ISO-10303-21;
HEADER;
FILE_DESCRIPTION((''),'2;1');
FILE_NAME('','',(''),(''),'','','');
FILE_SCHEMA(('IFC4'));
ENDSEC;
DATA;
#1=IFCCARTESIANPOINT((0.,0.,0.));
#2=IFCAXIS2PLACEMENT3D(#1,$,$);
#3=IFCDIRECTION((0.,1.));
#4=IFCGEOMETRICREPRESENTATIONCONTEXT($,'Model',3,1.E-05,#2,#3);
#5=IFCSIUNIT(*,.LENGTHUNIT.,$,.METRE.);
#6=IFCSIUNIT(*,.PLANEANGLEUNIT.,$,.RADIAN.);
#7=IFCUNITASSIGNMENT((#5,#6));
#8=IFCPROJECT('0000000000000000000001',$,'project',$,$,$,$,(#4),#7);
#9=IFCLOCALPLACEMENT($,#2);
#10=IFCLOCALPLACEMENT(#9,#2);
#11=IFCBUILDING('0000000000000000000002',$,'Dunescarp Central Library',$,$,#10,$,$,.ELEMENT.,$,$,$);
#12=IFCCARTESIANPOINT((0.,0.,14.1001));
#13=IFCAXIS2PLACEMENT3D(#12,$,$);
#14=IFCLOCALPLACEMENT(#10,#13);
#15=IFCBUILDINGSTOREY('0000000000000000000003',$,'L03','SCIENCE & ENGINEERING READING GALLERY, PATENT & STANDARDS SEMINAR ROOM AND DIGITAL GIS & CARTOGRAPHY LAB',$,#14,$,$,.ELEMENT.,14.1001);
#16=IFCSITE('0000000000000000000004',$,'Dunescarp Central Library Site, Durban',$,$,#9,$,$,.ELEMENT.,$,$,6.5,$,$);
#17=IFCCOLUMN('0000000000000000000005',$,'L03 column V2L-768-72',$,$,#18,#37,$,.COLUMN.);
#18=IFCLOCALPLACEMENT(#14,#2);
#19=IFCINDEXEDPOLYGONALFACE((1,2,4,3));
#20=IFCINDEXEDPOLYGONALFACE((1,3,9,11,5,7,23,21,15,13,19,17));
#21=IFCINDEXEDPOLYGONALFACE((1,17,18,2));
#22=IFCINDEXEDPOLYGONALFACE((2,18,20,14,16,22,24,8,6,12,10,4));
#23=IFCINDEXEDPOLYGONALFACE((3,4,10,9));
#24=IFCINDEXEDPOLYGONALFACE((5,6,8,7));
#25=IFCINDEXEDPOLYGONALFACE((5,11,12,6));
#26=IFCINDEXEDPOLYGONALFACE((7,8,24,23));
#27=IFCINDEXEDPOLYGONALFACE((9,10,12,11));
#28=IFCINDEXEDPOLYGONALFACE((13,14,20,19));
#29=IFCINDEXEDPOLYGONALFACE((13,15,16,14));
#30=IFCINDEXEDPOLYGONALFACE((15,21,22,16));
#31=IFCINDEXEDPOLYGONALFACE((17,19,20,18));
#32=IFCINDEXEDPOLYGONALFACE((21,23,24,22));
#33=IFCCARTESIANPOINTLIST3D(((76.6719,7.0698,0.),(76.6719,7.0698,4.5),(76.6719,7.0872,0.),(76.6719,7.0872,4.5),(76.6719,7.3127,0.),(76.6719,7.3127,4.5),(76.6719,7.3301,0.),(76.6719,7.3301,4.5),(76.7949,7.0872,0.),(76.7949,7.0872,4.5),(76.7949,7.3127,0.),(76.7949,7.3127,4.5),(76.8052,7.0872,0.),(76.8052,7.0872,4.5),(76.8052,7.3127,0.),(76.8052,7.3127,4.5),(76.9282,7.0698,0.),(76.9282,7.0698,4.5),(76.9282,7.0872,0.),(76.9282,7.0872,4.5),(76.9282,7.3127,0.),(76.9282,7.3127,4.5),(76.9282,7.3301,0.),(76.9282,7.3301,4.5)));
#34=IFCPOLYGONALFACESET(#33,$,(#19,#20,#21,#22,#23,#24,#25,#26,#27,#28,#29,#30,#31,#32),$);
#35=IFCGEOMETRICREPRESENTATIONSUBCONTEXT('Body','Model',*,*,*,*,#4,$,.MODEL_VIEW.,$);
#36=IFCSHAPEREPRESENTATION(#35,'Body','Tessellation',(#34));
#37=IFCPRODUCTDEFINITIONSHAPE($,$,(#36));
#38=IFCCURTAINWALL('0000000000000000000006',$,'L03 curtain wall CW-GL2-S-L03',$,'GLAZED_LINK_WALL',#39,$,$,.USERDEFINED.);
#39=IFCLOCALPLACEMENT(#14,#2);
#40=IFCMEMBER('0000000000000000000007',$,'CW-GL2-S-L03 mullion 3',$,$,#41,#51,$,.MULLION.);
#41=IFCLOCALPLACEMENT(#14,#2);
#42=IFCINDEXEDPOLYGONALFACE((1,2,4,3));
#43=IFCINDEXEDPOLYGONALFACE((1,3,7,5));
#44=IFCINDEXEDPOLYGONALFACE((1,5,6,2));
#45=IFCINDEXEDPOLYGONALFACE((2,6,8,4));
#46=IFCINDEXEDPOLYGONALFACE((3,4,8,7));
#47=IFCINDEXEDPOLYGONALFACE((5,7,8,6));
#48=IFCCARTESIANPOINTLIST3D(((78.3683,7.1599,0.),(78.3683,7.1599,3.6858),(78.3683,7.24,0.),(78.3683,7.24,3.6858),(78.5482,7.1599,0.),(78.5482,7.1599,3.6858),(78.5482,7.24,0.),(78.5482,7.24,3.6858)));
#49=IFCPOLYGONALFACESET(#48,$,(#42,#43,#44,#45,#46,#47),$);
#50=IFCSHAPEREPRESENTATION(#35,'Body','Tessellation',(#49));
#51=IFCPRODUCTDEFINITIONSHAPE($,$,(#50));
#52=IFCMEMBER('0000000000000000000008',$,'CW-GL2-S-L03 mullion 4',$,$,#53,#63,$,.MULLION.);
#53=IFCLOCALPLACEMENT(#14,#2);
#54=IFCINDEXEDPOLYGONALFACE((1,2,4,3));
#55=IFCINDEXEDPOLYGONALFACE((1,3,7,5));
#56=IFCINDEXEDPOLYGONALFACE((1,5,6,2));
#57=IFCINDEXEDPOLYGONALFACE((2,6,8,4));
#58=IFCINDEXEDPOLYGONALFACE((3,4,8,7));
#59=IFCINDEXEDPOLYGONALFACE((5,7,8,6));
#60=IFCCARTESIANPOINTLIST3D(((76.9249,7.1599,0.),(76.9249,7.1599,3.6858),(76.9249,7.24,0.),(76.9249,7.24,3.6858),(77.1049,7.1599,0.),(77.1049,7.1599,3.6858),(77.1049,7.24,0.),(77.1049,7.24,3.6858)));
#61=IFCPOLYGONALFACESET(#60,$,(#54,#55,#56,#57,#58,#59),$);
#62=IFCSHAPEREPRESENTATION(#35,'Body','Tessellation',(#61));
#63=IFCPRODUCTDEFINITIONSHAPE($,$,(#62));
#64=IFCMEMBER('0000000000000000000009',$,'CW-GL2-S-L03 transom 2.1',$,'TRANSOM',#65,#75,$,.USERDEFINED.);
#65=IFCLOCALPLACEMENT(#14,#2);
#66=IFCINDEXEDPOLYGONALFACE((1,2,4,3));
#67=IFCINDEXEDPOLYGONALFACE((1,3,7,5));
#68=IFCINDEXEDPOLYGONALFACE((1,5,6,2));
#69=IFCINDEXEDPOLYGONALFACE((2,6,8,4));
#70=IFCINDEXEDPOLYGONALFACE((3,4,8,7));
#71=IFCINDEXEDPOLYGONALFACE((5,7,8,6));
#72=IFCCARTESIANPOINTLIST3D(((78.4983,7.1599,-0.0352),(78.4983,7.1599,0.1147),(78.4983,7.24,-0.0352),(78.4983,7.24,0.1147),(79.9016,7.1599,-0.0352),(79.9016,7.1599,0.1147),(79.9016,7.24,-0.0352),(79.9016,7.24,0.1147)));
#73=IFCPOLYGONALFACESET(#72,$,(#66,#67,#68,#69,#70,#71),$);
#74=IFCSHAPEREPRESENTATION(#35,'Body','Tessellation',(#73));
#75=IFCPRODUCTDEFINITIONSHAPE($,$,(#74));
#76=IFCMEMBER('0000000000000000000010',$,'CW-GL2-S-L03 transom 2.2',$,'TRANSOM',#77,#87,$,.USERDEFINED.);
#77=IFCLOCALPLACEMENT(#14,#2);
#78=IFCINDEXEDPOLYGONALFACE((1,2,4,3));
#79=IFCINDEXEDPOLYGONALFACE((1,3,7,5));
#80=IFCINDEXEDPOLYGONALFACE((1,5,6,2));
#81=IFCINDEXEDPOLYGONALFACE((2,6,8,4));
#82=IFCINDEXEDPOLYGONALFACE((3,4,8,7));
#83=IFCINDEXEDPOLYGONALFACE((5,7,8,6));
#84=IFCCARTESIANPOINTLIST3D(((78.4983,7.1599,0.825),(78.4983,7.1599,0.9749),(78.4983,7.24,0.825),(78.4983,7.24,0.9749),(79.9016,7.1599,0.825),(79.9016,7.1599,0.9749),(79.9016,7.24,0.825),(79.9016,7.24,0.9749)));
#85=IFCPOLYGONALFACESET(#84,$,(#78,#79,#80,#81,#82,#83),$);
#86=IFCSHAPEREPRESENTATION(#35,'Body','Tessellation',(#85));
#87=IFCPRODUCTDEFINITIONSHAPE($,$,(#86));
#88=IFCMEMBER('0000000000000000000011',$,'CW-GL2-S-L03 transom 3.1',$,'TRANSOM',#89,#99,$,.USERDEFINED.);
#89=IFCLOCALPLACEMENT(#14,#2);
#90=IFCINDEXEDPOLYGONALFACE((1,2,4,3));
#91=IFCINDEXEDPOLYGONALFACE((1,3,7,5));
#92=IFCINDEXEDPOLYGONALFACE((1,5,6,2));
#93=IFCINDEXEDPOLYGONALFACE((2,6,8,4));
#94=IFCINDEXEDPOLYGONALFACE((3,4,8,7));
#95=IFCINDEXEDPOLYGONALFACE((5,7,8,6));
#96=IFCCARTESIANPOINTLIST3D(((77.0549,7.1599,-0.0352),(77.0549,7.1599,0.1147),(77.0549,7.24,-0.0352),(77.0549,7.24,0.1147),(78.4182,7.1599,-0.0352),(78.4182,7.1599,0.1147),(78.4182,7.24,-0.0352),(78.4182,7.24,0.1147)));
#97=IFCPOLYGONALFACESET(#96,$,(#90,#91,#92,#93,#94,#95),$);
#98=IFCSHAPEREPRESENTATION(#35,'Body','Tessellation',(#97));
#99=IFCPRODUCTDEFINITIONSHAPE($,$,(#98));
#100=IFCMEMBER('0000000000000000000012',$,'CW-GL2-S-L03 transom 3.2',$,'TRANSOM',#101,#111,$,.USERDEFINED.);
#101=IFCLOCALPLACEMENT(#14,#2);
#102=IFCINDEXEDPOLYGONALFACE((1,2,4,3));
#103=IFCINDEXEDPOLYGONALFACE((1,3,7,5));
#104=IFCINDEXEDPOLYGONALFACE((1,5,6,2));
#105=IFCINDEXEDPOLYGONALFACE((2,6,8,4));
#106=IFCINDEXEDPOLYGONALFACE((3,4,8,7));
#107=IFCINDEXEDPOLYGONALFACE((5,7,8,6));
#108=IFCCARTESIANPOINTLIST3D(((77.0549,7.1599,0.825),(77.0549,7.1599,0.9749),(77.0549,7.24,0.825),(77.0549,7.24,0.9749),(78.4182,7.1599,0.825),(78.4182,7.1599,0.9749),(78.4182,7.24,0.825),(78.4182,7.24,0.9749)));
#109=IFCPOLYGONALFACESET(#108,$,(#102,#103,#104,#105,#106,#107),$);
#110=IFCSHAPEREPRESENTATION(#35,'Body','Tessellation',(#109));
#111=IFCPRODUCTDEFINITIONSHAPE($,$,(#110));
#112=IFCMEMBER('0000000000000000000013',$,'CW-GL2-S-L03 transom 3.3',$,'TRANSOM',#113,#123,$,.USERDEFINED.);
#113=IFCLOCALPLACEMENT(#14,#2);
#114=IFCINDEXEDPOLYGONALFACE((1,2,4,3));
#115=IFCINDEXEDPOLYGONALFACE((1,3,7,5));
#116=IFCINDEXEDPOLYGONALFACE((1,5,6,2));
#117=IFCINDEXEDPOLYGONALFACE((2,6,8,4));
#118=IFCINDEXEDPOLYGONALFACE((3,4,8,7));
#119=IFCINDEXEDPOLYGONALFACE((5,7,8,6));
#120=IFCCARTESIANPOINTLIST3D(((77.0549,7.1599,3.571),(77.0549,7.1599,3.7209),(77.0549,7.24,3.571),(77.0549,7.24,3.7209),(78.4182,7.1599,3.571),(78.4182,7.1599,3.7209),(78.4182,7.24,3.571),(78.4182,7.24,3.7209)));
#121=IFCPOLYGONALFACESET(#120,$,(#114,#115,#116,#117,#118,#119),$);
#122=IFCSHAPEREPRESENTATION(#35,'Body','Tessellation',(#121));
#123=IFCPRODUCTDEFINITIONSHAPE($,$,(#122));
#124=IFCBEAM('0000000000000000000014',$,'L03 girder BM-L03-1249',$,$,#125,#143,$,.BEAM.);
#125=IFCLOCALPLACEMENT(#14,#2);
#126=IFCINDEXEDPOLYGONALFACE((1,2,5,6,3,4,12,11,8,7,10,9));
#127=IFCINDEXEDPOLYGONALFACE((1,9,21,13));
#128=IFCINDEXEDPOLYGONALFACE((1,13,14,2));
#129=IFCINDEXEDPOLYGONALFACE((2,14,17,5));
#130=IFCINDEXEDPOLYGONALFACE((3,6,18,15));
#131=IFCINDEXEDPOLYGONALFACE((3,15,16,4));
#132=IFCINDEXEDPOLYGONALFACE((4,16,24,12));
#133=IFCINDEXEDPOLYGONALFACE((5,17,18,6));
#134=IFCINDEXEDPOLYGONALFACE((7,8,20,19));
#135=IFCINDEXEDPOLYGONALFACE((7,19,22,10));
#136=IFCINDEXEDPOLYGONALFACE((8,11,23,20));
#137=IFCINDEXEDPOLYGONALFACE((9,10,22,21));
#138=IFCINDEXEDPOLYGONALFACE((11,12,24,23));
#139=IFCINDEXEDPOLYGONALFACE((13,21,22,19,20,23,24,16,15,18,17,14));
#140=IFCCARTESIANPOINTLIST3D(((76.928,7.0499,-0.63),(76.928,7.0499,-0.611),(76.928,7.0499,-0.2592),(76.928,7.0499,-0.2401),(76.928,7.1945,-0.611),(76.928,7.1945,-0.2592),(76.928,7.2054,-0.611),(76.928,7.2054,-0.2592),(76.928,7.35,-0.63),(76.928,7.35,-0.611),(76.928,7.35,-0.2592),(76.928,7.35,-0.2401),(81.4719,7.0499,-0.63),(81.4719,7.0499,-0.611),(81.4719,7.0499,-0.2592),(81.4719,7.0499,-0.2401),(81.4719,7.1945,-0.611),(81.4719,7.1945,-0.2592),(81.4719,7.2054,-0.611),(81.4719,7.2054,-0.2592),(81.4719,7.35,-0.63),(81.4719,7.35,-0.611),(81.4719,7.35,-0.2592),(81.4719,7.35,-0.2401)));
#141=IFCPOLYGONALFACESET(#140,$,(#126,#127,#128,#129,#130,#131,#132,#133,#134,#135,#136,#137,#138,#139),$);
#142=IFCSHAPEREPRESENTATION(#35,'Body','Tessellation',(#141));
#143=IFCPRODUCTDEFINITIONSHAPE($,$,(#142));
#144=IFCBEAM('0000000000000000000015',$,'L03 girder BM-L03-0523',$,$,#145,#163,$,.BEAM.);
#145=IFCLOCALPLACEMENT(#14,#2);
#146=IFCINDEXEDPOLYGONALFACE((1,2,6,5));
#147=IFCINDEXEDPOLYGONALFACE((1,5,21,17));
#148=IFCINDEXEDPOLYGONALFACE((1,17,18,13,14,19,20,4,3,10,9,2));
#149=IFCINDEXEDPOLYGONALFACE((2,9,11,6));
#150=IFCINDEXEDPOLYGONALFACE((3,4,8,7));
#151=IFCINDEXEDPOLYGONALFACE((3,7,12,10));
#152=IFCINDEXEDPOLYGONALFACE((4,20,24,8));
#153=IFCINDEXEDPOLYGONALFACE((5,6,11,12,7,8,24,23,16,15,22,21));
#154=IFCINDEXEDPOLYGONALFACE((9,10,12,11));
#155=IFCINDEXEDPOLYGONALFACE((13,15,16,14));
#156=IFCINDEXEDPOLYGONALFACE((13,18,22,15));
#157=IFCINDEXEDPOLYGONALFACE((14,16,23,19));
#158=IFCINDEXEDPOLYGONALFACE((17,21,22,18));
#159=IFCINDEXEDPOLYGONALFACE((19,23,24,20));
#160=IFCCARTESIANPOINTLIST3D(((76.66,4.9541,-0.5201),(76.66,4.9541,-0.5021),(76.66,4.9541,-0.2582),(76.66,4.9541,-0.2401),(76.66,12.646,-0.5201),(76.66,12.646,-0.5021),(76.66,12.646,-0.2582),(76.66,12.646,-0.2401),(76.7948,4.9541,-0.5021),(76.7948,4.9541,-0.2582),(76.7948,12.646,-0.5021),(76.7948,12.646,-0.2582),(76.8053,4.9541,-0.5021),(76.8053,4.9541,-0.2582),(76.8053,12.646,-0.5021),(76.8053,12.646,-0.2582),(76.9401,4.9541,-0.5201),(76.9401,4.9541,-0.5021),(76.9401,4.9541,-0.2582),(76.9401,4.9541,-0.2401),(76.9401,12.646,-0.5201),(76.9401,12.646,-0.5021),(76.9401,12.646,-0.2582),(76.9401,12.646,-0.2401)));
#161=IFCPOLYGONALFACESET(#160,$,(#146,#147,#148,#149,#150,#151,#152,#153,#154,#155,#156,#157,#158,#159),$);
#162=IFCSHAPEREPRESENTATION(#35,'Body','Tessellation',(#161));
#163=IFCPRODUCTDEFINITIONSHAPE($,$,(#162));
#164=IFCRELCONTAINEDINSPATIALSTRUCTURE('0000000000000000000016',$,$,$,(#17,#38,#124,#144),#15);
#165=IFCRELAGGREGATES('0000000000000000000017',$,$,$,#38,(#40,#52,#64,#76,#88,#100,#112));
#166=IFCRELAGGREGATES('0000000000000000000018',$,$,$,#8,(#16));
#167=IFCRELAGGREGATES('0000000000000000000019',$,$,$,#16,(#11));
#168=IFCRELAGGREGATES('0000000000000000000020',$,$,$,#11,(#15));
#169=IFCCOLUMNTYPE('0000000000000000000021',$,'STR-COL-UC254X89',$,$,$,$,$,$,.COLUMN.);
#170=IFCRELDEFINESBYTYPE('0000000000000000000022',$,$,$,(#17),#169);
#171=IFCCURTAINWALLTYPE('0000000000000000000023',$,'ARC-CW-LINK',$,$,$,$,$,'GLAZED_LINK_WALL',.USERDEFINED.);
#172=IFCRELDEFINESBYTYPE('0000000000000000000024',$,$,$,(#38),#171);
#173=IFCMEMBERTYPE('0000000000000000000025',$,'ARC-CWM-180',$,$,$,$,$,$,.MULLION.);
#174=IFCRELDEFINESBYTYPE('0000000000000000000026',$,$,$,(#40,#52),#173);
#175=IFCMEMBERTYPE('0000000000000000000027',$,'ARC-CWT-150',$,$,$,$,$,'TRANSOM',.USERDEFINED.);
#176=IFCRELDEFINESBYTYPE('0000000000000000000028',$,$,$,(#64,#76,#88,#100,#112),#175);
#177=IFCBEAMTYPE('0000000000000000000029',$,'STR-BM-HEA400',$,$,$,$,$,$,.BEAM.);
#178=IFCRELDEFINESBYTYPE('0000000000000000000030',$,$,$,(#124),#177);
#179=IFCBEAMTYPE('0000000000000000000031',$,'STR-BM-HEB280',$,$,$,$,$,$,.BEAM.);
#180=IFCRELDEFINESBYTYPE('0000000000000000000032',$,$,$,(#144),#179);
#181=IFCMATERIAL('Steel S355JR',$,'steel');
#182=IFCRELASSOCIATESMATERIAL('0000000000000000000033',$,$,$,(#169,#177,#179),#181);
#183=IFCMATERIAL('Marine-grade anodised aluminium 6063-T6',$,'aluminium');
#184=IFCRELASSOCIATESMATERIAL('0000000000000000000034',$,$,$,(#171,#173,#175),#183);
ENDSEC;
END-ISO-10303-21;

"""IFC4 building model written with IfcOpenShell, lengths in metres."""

from ifc_helpers import new_model, si_unit, direction, frame, origin, origin_2d, place, context, subcontext, project, spatial, rectangle, i_section, extrude, material, material_profile, profile_set, type_object, element, aggregate, save


model = new_model("IFC4")

# Units and contexts
model_context = context("Model", 3, precision=1e-05, world=origin(), true_north=direction((0.0, 1.0)))
body_context = subcontext(model_context, "Body", "Model", "MODEL_VIEW")
ifc_project = project(units=[si_unit("LENGTHUNIT", "METRE"), si_unit("PLANEANGLEUNIT", "RADIAN")], contexts=[model_context])

# Site, building, storey
site_placement = place(None, origin())
site = spatial("IfcSite", under=ifc_project, at=site_placement, Name="Dunescarp Central Library Site, Durban", CompositionType="ELEMENT", RefElevation=6.5)
building_placement = place(site_placement, origin())
building = spatial("IfcBuilding", under=site, at=building_placement, Name="Dunescarp Central Library", CompositionType="ELEMENT")
storey_placement = place(building_placement, frame((0.0, 0.0, 14.1001)))
storey = spatial("IfcBuildingStorey", under=building, at=storey_placement, Name="L03", Description="SCIENCE & ENGINEERING READING GALLERY, PATENT & STANDARDS SEMINAR ROOM AND DIGITAL GIS & CARTOGRAPHY LAB", CompositionType="ELEMENT", Elevation=14.1001)

# Column
ifc_material_1 = material(Name="Steel S355JR", Category="steel")
ifc_material_profile_1 = material_profile(ifc_material_1, i_section(OverallWidth=0.2563, OverallDepth=0.2603, WebThickness=0.0103, FlangeThickness=0.0173, at=origin_2d()), Name="UC 254x254x89")
ifc_profile_set_1 = profile_set([ifc_material_profile_1], Name="Steel S355JR")
column_type = type_object("IfcColumnType", Name="STR-COL-UC254X89", PredefinedType="COLUMN", material=ifc_profile_set_1)
column_placement = place(storey_placement, frame((76.8, 7.2, 0.0), z_axis=(0.0, 0.0, 1.0), x_axis=(1.0, 0.0, 0.0)))
element("IfcColumn", 1, at=column_placement, inside=storey, type_object=column_type, Name="L03 column V2L-768-72", PredefinedType="COLUMN", context=body_context, shape_type="SweptSolid", body=[
    extrude(i_section(OverallWidth=0.2563, OverallDepth=0.2603, WebThickness=0.0103, FlangeThickness=0.0173, at=origin_2d()), origin(), (0.0, 0.0, 1.0), 4.5),
])

# Curtain wall, members
ifc_material_2 = material(Name="Marine-grade anodised aluminium 6063-T6", Category="aluminium")
curtain_wall_type = type_object("IfcCurtainWallType", Name="ARC-CW-LINK", ElementType="GLAZED_LINK_WALL", PredefinedType="USERDEFINED", material=ifc_material_2)
curtain_wall_placement = place(storey_placement, origin())
curtain_wall = element("IfcCurtainWall", 2, at=curtain_wall_placement, inside=storey, type_object=curtain_wall_type, Name="L03 curtain wall CW-GL2-S-L03", ObjectType="GLAZED_LINK_WALL", PredefinedType="USERDEFINED")
ifc_material_profile_2 = material_profile(ifc_material_2, rectangle(XDim=0.0801, YDim=0.1799, at=origin_2d()), Name="AL 80x180")
ifc_profile_set_2 = profile_set([ifc_material_profile_2], Name="Marine-grade anodised aluminium 6063-T6")
member_type_1 = type_object("IfcMemberType", Name="ARC-CWM-180", PredefinedType="MULLION", material=ifc_profile_set_2)
member_1_placement = place(storey_placement, frame((78.4583, 7.2, 0.0), z_axis=(0.0, 0.0, 1.0), x_axis=(0.0, -1.0, 0.0)))
member_1 = element("IfcMember", 3, at=member_1_placement, type_object=member_type_1, Name="CW-GL2-S-L03 mullion 3", PredefinedType="MULLION", context=body_context, shape_type="SweptSolid", body=[
    extrude(rectangle(XDim=0.0801, YDim=0.1799, at=origin_2d()), origin(), (0.0, 0.0, 1.0), 3.6858),
])
member_2_placement = place(storey_placement, frame((77.0149, 7.2, 0.0), z_axis=(0.0, 0.0, 1.0), x_axis=(0.0, -1.0, 0.0)))
member_2 = element("IfcMember", 4, at=member_2_placement, type_object=member_type_1, Name="CW-GL2-S-L03 mullion 4", PredefinedType="MULLION", context=body_context, shape_type="SweptSolid", body=[
    extrude(rectangle(XDim=0.0801, YDim=0.1799, at=origin_2d()), origin(), (0.0, 0.0, 1.0), 3.6858),
])
ifc_material_profile_3 = material_profile(ifc_material_2, rectangle(XDim=0.0801, YDim=0.1499, at=origin_2d()), Name="AL 80x150")
ifc_profile_set_3 = profile_set([ifc_material_profile_3], Name="Marine-grade anodised aluminium 6063-T6")
member_type_2 = type_object("IfcMemberType", Name="ARC-CWT-150", ElementType="TRANSOM", PredefinedType="USERDEFINED", material=ifc_profile_set_3)
member_3_placement = place(storey_placement, frame((79.9016, 7.2, 0.0398), z_axis=(-1.0, 0.0, 0.0), x_axis=(0.0, -1.0, 0.0)))
member_3 = element("IfcMember", 5, at=member_3_placement, type_object=member_type_2, Name="CW-GL2-S-L03 transom 2.1", ObjectType="TRANSOM", PredefinedType="USERDEFINED", context=body_context, shape_type="SweptSolid", body=[
    extrude(rectangle(XDim=0.0801, YDim=0.1499, at=origin_2d()), origin(), (0.0, 0.0, 1.0), 1.4033),
])
member_4_placement = place(storey_placement, frame((79.9016, 7.2, 0.8999), z_axis=(-1.0, 0.0, 0.0), x_axis=(0.0, -1.0, 0.0)))
member_4 = element("IfcMember", 6, at=member_4_placement, type_object=member_type_2, Name="CW-GL2-S-L03 transom 2.2", ObjectType="TRANSOM", PredefinedType="USERDEFINED", context=body_context, shape_type="SweptSolid", body=[
    extrude(rectangle(XDim=0.0801, YDim=0.1499, at=origin_2d()), origin(), (0.0, 0.0, 1.0), 1.4033),
])
member_5_placement = place(storey_placement, frame((78.4182, 7.2, 0.0398), z_axis=(-1.0, 0.0, 0.0), x_axis=(0.0, -1.0, 0.0)))
member_5 = element("IfcMember", 7, at=member_5_placement, type_object=member_type_2, Name="CW-GL2-S-L03 transom 3.1", ObjectType="TRANSOM", PredefinedType="USERDEFINED", context=body_context, shape_type="SweptSolid", body=[
    extrude(rectangle(XDim=0.0801, YDim=0.1499, at=origin_2d()), origin(), (0.0, 0.0, 1.0), 1.3633),
])
member_6_placement = place(storey_placement, frame((78.4182, 7.2, 0.8999), z_axis=(-1.0, 0.0, 0.0), x_axis=(0.0, -1.0, 0.0)))
member_6 = element("IfcMember", 8, at=member_6_placement, type_object=member_type_2, Name="CW-GL2-S-L03 transom 3.2", ObjectType="TRANSOM", PredefinedType="USERDEFINED", context=body_context, shape_type="SweptSolid", body=[
    extrude(rectangle(XDim=0.0801, YDim=0.1499, at=origin_2d()), origin(), (0.0, 0.0, 1.0), 1.3633),
])
member_7_placement = place(storey_placement, frame((78.4182, 7.2, 3.646), z_axis=(-1.0, 0.0, 0.0), x_axis=(0.0, -1.0, 0.0)))
member_7 = element("IfcMember", 9, at=member_7_placement, type_object=member_type_2, Name="CW-GL2-S-L03 transom 3.3", ObjectType="TRANSOM", PredefinedType="USERDEFINED", context=body_context, shape_type="SweptSolid", body=[
    extrude(rectangle(XDim=0.0801, YDim=0.1499, at=origin_2d()), origin(), (0.0, 0.0, 1.0), 1.3633),
])

# Beams
ifc_material_profile_4 = material_profile(ifc_material_1, i_section(OverallWidth=0.3, OverallDepth=0.3899, WebThickness=0.011, FlangeThickness=0.019, at=origin_2d()), Name="HEA 400")
ifc_profile_set_4 = profile_set([ifc_material_profile_4], Name="Steel S355JR")
beam_type_1 = type_object("IfcBeamType", Name="STR-BM-HEA400", PredefinedType="BEAM", material=ifc_profile_set_4)
beam_1_placement = place(storey_placement, frame((76.928, 7.2, -0.4351), z_axis=(1.0, 0.0, 0.0), x_axis=(0.0, 1.0, 0.0)))
element("IfcBeam", 10, at=beam_1_placement, inside=storey, type_object=beam_type_1, Name="L03 girder BM-L03-1249", PredefinedType="BEAM", context=body_context, shape_type="SweptSolid", body=[
    extrude(i_section(OverallWidth=0.3, OverallDepth=0.3899, WebThickness=0.011, FlangeThickness=0.019, at=origin_2d()), origin(), (0.0, 0.0, 1.0), 4.5439),
])
ifc_material_profile_5 = material_profile(ifc_material_1, i_section(OverallWidth=0.28, OverallDepth=0.28, WebThickness=0.0105, FlangeThickness=0.0181, at=origin_2d()), Name="HEB 280")
ifc_profile_set_5 = profile_set([ifc_material_profile_5], Name="Steel S355JR")
beam_type_2 = type_object("IfcBeamType", Name="STR-BM-HEB280", PredefinedType="BEAM", material=ifc_profile_set_5)
beam_2_placement = place(storey_placement, frame((76.8, 4.9541, -0.3801), z_axis=(0.0, 1.0, 0.0), x_axis=(-1.0, 0.0, 0.0)))
element("IfcBeam", 11, at=beam_2_placement, inside=storey, type_object=beam_type_2, Name="L03 girder BM-L03-0523", PredefinedType="BEAM", context=body_context, shape_type="SweptSolid", body=[
    extrude(i_section(OverallWidth=0.28, OverallDepth=0.28, WebThickness=0.0105, FlangeThickness=0.0181, at=origin_2d()), origin(), (0.0, 0.0, 1.0), 7.6919),
])

aggregate(curtain_wall, [member_1, member_2, member_3, member_4, member_5, member_6, member_7])

save(model, "model.ifc")
